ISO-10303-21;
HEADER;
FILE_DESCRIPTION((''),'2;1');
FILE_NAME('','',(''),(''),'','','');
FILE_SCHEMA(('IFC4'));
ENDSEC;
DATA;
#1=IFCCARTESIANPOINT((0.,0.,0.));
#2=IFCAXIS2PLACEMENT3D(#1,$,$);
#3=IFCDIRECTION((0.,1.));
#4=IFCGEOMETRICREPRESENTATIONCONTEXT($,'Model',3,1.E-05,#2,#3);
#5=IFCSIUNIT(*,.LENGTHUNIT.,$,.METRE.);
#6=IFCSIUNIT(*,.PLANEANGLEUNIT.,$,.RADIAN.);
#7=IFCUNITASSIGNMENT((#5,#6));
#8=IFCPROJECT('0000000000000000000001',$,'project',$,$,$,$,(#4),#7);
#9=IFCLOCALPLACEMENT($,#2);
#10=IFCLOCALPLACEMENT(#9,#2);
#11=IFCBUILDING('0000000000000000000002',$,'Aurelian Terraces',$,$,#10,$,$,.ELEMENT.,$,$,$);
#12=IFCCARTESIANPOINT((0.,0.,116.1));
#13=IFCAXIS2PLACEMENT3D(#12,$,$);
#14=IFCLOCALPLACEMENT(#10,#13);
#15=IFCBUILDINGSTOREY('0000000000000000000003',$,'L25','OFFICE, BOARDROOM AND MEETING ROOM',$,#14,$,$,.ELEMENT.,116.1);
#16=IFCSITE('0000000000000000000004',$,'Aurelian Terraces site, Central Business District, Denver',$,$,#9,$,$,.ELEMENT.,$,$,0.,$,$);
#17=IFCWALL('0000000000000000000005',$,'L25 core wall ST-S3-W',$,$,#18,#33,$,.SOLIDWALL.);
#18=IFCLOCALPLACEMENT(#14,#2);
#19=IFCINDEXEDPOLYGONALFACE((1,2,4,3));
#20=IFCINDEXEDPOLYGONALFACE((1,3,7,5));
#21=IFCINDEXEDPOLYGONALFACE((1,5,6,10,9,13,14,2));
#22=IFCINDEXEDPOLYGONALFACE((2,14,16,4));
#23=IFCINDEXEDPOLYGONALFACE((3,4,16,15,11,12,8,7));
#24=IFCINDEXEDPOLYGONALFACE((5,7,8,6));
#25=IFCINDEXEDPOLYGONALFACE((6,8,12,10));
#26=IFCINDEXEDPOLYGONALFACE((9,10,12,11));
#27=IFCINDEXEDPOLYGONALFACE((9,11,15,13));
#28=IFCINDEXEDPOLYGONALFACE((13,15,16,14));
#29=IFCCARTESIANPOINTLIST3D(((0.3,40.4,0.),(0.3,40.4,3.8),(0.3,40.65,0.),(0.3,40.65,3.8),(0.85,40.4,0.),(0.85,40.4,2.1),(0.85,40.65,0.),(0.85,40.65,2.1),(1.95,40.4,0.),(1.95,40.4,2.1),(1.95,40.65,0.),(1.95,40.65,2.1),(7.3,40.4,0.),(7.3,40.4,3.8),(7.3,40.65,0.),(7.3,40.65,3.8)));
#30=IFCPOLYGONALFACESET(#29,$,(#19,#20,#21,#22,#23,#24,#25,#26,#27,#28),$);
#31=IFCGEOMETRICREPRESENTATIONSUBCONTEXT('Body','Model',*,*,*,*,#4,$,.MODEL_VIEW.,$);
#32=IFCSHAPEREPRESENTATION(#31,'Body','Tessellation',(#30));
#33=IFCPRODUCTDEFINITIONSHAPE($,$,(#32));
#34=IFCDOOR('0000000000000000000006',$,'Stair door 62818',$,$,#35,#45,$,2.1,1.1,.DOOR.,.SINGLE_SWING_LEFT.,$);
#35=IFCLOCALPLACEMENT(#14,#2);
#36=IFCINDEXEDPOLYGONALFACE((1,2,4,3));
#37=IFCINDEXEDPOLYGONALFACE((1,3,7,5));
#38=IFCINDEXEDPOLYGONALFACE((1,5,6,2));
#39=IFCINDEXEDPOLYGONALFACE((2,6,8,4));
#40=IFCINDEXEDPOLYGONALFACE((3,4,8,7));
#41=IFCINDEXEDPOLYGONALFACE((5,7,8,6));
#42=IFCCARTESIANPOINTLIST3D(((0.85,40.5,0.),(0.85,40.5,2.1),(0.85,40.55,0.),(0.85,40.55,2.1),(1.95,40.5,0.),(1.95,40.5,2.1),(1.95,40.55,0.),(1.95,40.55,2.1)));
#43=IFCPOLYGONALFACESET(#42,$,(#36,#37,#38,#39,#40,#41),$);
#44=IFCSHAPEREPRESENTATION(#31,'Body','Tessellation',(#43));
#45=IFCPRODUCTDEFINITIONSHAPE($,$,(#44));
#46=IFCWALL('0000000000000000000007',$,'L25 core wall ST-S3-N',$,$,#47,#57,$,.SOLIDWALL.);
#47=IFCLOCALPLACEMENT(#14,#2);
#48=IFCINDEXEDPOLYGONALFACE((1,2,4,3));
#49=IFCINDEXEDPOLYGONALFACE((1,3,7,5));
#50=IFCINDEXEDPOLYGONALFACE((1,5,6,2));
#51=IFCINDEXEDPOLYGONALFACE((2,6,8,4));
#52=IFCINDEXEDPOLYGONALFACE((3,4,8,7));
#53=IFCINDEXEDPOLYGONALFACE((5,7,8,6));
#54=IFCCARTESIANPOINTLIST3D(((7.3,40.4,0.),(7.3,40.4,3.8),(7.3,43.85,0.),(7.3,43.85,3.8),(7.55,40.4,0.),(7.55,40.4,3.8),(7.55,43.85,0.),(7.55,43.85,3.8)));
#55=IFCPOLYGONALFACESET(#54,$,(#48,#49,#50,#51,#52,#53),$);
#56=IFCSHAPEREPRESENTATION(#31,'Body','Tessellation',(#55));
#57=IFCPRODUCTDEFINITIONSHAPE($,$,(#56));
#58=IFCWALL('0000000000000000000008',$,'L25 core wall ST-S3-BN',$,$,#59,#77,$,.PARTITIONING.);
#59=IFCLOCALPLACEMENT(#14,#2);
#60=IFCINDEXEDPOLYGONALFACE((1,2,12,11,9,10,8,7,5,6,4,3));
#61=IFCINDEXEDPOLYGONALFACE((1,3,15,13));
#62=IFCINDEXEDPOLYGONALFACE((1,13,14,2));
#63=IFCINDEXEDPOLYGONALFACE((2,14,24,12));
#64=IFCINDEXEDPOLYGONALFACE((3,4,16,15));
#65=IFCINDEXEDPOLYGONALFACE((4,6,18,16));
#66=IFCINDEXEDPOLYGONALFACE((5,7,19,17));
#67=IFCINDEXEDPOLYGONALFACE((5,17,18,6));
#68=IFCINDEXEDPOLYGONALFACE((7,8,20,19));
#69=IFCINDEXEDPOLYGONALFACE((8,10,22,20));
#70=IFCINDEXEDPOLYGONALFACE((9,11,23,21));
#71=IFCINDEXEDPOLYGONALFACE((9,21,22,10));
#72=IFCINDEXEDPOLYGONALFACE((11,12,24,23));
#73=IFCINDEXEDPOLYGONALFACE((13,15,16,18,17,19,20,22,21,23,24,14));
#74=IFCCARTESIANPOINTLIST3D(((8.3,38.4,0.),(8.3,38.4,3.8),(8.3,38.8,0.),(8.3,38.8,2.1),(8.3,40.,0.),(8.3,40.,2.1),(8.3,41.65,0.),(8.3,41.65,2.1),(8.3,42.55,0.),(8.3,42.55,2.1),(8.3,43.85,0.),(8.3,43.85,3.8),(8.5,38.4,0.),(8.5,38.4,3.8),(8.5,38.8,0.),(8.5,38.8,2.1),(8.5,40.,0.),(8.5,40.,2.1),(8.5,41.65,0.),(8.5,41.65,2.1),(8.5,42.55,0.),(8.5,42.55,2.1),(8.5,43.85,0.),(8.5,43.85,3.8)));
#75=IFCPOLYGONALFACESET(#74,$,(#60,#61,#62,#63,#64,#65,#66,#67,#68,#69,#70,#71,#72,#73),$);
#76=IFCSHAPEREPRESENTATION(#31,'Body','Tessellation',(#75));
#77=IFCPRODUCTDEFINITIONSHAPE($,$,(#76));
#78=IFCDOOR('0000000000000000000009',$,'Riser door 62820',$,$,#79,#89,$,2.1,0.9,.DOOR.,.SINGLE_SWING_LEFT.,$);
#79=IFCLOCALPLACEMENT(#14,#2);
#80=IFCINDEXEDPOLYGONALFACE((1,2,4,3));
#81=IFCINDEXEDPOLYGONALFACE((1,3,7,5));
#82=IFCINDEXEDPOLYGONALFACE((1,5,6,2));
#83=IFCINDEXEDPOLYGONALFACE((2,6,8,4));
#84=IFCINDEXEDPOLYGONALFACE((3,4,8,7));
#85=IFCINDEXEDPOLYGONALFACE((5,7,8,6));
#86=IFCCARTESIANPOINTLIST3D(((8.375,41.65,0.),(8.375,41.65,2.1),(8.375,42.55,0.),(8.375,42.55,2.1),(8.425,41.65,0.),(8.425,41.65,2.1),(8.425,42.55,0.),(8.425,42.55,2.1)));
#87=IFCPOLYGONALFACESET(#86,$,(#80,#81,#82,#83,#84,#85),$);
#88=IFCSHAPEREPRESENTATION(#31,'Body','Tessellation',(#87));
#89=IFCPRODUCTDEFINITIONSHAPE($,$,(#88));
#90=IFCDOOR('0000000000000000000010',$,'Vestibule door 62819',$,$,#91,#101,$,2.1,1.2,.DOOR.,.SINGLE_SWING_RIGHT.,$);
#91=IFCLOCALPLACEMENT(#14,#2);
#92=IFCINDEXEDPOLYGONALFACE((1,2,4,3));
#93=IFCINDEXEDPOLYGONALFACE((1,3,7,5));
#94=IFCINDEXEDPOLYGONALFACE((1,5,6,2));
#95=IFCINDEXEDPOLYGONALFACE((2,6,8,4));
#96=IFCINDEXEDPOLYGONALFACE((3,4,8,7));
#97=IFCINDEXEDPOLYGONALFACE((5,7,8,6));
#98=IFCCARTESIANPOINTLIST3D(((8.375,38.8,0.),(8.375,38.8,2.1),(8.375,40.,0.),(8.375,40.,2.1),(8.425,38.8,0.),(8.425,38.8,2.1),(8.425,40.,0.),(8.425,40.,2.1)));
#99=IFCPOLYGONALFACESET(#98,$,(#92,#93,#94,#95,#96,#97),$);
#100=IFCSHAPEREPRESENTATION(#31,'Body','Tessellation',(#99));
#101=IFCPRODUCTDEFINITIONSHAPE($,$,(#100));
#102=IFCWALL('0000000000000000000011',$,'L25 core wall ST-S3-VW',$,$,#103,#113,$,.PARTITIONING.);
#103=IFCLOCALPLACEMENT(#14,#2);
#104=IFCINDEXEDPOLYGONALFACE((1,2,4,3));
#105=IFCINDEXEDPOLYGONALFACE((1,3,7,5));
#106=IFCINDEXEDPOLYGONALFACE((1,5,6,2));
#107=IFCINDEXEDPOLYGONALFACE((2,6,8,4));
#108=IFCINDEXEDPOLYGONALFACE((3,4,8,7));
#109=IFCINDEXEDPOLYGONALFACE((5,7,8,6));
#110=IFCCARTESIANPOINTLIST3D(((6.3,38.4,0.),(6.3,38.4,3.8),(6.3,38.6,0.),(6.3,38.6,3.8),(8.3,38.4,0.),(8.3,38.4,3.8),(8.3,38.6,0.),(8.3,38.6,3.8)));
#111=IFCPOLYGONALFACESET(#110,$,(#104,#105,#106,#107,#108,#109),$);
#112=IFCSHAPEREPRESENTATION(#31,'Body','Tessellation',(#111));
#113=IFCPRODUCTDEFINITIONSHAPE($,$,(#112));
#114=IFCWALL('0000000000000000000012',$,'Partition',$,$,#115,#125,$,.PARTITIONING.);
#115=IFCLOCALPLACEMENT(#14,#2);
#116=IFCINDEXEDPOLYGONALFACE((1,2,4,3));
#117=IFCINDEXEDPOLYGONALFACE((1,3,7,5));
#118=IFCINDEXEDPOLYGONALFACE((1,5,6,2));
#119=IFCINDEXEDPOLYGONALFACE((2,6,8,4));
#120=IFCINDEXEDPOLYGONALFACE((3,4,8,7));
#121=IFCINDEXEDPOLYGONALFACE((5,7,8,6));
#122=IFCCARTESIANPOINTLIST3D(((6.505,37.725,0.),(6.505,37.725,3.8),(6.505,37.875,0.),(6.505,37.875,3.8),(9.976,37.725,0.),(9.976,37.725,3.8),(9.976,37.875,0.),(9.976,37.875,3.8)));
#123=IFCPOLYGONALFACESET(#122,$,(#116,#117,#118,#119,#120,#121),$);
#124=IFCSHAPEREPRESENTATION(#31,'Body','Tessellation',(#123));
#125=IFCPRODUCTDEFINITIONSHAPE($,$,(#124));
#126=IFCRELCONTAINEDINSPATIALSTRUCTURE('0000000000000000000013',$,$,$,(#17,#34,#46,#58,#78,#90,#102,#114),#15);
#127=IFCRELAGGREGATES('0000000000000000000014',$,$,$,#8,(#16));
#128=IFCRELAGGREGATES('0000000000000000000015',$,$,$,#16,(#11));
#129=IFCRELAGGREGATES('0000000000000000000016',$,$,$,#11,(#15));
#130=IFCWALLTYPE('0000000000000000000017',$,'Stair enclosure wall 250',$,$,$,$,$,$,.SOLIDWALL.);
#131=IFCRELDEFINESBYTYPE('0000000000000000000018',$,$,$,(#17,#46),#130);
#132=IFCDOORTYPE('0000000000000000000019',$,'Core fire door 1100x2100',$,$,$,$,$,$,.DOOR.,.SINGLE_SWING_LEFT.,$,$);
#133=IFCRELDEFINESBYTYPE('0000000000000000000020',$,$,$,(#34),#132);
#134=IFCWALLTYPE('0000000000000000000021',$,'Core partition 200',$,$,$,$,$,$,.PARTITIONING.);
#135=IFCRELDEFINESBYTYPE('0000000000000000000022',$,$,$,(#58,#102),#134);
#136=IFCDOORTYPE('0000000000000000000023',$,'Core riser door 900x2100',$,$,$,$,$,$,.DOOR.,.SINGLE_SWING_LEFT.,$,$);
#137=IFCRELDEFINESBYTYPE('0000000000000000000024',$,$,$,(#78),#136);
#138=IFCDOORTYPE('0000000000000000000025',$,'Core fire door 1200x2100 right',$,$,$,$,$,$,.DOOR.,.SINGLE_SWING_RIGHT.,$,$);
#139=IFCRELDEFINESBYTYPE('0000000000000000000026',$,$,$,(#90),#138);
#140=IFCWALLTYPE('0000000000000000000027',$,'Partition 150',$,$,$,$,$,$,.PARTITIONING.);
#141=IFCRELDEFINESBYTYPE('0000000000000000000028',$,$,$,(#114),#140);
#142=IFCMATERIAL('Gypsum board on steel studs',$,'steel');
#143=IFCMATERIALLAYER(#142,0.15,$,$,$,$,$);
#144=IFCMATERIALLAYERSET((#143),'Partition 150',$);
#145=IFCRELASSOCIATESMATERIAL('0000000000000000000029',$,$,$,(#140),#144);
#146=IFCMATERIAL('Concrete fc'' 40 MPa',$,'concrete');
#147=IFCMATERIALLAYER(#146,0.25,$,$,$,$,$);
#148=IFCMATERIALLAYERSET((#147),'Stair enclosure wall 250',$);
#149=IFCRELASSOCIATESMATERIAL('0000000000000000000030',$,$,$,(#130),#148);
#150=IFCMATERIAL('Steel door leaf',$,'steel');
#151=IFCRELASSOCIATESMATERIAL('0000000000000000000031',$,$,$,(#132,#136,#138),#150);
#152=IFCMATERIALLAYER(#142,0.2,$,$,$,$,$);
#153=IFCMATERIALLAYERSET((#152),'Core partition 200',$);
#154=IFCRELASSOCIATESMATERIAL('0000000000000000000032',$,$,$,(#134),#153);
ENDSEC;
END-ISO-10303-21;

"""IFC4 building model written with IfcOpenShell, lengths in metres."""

from ifc_helpers import new_model, si_unit, direction, frame, frame_2d, origin, place, context, subcontext, project, spatial, rectangle, extrude, source, transform, mapped, material, layer, layer_set, type_object, element, fill, save


model = new_model("IFC4")

# Units and contexts
model_context = context("Model", 3, precision=1e-05, world=origin(), true_north=direction((0.0, 1.0)))
body_context = subcontext(model_context, "Body", "Model", "MODEL_VIEW")
ifc_project = project(units=[si_unit("LENGTHUNIT", "METRE"), si_unit("PLANEANGLEUNIT", "RADIAN")], contexts=[model_context])

# Site, building, storey
site_placement = place(None, origin())
site = spatial("IfcSite", under=ifc_project, at=site_placement, Name="Aurelian Terraces site, Central Business District, Denver", CompositionType="ELEMENT", RefElevation=0.0)
building_placement = place(site_placement, origin())
building = spatial("IfcBuilding", under=site, at=building_placement, Name="Aurelian Terraces", CompositionType="ELEMENT")
storey_placement = place(building_placement, frame((0.0, 0.0, 116.1)))
storey = spatial("IfcBuildingStorey", under=building, at=storey_placement, Name="L25", Description="OFFICE, BOARDROOM AND MEETING ROOM", CompositionType="ELEMENT", Elevation=116.1)

# Shared definitions
ifc_material_1 = material(Name="Gypsum board on steel studs", Category="steel")
ifc_layer_1 = layer(ifc_material_1, 0.15)
ifc_layer_set_1 = layer_set([ifc_layer_1], Name="Partition 150")
wall_type_1 = type_object("IfcWallType", Name="Partition 150", PredefinedType="PARTITIONING", material=ifc_layer_set_1)
ifc_material_2 = material(Name="Concrete fc' 40 MPa", Category="concrete")

# Wall, opening, door
ifc_layer_2 = layer(ifc_material_2, 0.25)
ifc_layer_set_2 = layer_set([ifc_layer_2], Name="Stair enclosure wall 250")
wall_type_2 = type_object("IfcWallType", Name="Stair enclosure wall 250", PredefinedType="SOLIDWALL", material=ifc_layer_set_2)
shared_shape_1 = source(origin(), body_context, "Body", "SweptSolid", [
    extrude(rectangle(XDim=7.0, YDim=0.25, at=frame_2d((3.5, 0.0))), origin(), (0.0, 0.0, 1.0), 3.8),
])
wall_1_placement = place(storey_placement, frame((0.3, 40.525, 0.0), z_axis=(0.0, 0.0, 1.0), x_axis=(1.0, 0.0, 0.0)))
wall_1 = element("IfcWall", 1, at=wall_1_placement, inside=storey, type_object=wall_type_2, Name="L25 core wall ST-S3-W", PredefinedType="SOLIDWALL", context=body_context, shape_type="MappedRepresentation", body=[
    mapped(shared_shape_1, transform((0.0, 0.0, 0.0), scale=1.0)),
])
shared_shape_2 = source(origin(), body_context, "Body", "SweptSolid", [
    extrude(rectangle(XDim=1.1, YDim=2.1, at=frame_2d((0.55, 1.05))), frame((0.0, 0.135, 0.0), z_axis=(0.0, -1.0, 0.0), x_axis=(1.0, 0.0, 0.0)), (0.0, 0.0, 1.0), 0.27),
])
opening_1_placement = place(wall_1_placement, frame((0.55, 0.0, 0.0)))
opening_1 = element("IfcOpeningElement", 2, at=opening_1_placement, cuts=wall_1, PredefinedType="OPENING", context=body_context, shape_type="MappedRepresentation", body=[
    mapped(shared_shape_2, transform((0.0, 0.0, 0.0), scale=1.0)),
])
ifc_material_3 = material(Name="Steel door leaf", Category="steel")
door_type_1 = type_object("IfcDoorType", Name="Core fire door 1100x2100", OperationType="SINGLE_SWING_LEFT", PredefinedType="DOOR", material=ifc_material_3)
shared_shape_3 = source(origin(), body_context, "Body", "SweptSolid", [
    extrude(rectangle(XDim=1.1, YDim=2.1, at=frame_2d((0.55, 1.05))), frame((0.0, 0.025, 0.0), z_axis=(0.0, -1.0, 0.0), x_axis=(1.0, 0.0, 0.0)), (0.0, 0.0, 1.0), 0.05),
])
door_1_placement = place(opening_1_placement, origin())
door_1 = element("IfcDoor", 3, at=door_1_placement, inside=storey, type_object=door_type_1, Name="Stair door 62818", OperationType="SINGLE_SWING_LEFT", OverallHeight=2.1, OverallWidth=1.1, PredefinedType="DOOR", context=body_context, shape_type="MappedRepresentation", body=[
    mapped(shared_shape_3, transform((0.0, 0.0, 0.0), scale=1.0)),
])
fill(opening_1, door_1)

# Wall
shared_shape_4 = source(origin(), body_context, "Body", "SweptSolid", [
    extrude(rectangle(XDim=3.45, YDim=0.25, at=frame_2d((1.725, 0.0))), origin(), (0.0, 0.0, 1.0), 3.8),
])
wall_2_placement = place(storey_placement, frame((7.425, 40.4, 0.0), z_axis=(0.0, 0.0, 1.0), x_axis=(0.0, 1.0, 0.0)))
element("IfcWall", 4, at=wall_2_placement, inside=storey, type_object=wall_type_2, Name="L25 core wall ST-S3-N", PredefinedType="SOLIDWALL", context=body_context, shape_type="MappedRepresentation", body=[
    mapped(shared_shape_4, transform((0.0, 0.0, 0.0), scale=1.0)),
])

# Wall, openings, doors
ifc_layer_3 = layer(ifc_material_1, 0.2)
ifc_layer_set_3 = layer_set([ifc_layer_3], Name="Core partition 200")
wall_type_3 = type_object("IfcWallType", Name="Core partition 200", PredefinedType="PARTITIONING", material=ifc_layer_set_3)
shared_shape_5 = source(origin(), body_context, "Body", "SweptSolid", [
    extrude(rectangle(XDim=5.45, YDim=0.2, at=frame_2d((2.725, 0.0))), origin(), (0.0, 0.0, 1.0), 3.8),
])
wall_3_placement = place(storey_placement, frame((8.4, 38.4, 0.0), z_axis=(0.0, 0.0, 1.0), x_axis=(0.0, 1.0, 0.0)))
wall_3 = element("IfcWall", 5, at=wall_3_placement, inside=storey, type_object=wall_type_3, Name="L25 core wall ST-S3-BN", PredefinedType="PARTITIONING", context=body_context, shape_type="MappedRepresentation", body=[
    mapped(shared_shape_5, transform((0.0, 0.0, 0.0), scale=1.0)),
])
shared_shape_6 = source(origin(), body_context, "Body", "SweptSolid", [
    extrude(rectangle(XDim=1.2, YDim=2.1, at=frame_2d((0.6, 1.05))), frame((0.0, 0.11, 0.0), z_axis=(0.0, -1.0, 0.0), x_axis=(1.0, 0.0, 0.0)), (0.0, 0.0, 1.0), 0.22),
])
opening_2_placement = place(wall_3_placement, frame((0.4, 0.0, 0.0)))
opening_2 = element("IfcOpeningElement", 6, at=opening_2_placement, cuts=wall_3, PredefinedType="OPENING", context=body_context, shape_type="MappedRepresentation", body=[
    mapped(shared_shape_6, transform((0.0, 0.0, 0.0), scale=1.0)),
])
shared_shape_7 = source(origin(), body_context, "Body", "SweptSolid", [
    extrude(rectangle(XDim=0.9, YDim=2.1, at=frame_2d((0.45, 1.05))), frame((0.0, 0.11, 0.0), z_axis=(0.0, -1.0, 0.0), x_axis=(1.0, 0.0, 0.0)), (0.0, 0.0, 1.0), 0.22),
])
opening_3_placement = place(wall_3_placement, frame((3.25, 0.0, 0.0)))
opening_3 = element("IfcOpeningElement", 7, at=opening_3_placement, cuts=wall_3, PredefinedType="OPENING", context=body_context, shape_type="MappedRepresentation", body=[
    mapped(shared_shape_7, transform((0.0, 0.0, 0.0), scale=1.0)),
])
door_type_2 = type_object("IfcDoorType", Name="Core riser door 900x2100", OperationType="SINGLE_SWING_LEFT", PredefinedType="DOOR", material=ifc_material_3)
shared_shape_8 = source(origin(), body_context, "Body", "SweptSolid", [
    extrude(rectangle(XDim=0.9, YDim=2.1, at=frame_2d((0.45, 1.05))), frame((0.0, 0.025, 0.0), z_axis=(0.0, -1.0, 0.0), x_axis=(1.0, 0.0, 0.0)), (0.0, 0.0, 1.0), 0.05),
])
door_2_placement = place(opening_3_placement, origin())
door_2 = element("IfcDoor", 8, at=door_2_placement, inside=storey, type_object=door_type_2, Name="Riser door 62820", OperationType="SINGLE_SWING_LEFT", OverallHeight=2.1, OverallWidth=0.9, PredefinedType="DOOR", context=body_context, shape_type="MappedRepresentation", body=[
    mapped(shared_shape_8, transform((0.0, 0.0, 0.0), scale=1.0)),
])
fill(opening_3, door_2)
door_type_3 = type_object("IfcDoorType", Name="Core fire door 1200x2100 right", OperationType="SINGLE_SWING_RIGHT", PredefinedType="DOOR", material=ifc_material_3)
shared_shape_9 = source(origin(), body_context, "Body", "SweptSolid", [
    extrude(rectangle(XDim=1.2, YDim=2.1, at=frame_2d((0.6, 1.05))), frame((0.0, 0.025, 0.0), z_axis=(0.0, -1.0, 0.0), x_axis=(1.0, 0.0, 0.0)), (0.0, 0.0, 1.0), 0.05),
])
door_3_placement = place(opening_2_placement, origin())
door_3 = element("IfcDoor", 9, at=door_3_placement, inside=storey, type_object=door_type_3, Name="Vestibule door 62819", OperationType="SINGLE_SWING_RIGHT", OverallHeight=2.1, OverallWidth=1.2, PredefinedType="DOOR", context=body_context, shape_type="MappedRepresentation", body=[
    mapped(shared_shape_9, transform((0.0, 0.0, 0.0), scale=1.0)),
])
fill(opening_2, door_3)

# Walls
shared_shape_10 = source(origin(), body_context, "Body", "SweptSolid", [
    extrude(rectangle(XDim=2.0, YDim=0.2, at=frame_2d((1.0, 0.0))), origin(), (0.0, 0.0, 1.0), 3.8),
])
wall_4_placement = place(storey_placement, frame((6.3, 38.5, 0.0), z_axis=(0.0, 0.0, 1.0), x_axis=(1.0, 0.0, 0.0)))
element("IfcWall", 10, at=wall_4_placement, inside=storey, type_object=wall_type_3, Name="L25 core wall ST-S3-VW", PredefinedType="PARTITIONING", context=body_context, shape_type="MappedRepresentation", body=[
    mapped(shared_shape_10, transform((0.0, 0.0, 0.0), scale=1.0)),
])
shared_shape_11 = source(origin(), body_context, "Body", "SweptSolid", [
    extrude(rectangle(XDim=3.471, YDim=0.15, at=frame_2d((1.7355, 0.0))), origin(), (0.0, 0.0, 1.0), 3.8),
])
wall_5_placement = place(storey_placement, frame((9.976, 37.8, 0.0), z_axis=(0.0, 0.0, 1.0), x_axis=(-1.0, 0.0, 0.0)))
element("IfcWall", 11, at=wall_5_placement, inside=storey, type_object=wall_type_1, Name="Partition", PredefinedType="PARTITIONING", context=body_context, shape_type="MappedRepresentation", body=[
    mapped(shared_shape_11, transform((0.0, 0.0, 0.0), scale=1.0)),
])

save(model, "model.ifc")
